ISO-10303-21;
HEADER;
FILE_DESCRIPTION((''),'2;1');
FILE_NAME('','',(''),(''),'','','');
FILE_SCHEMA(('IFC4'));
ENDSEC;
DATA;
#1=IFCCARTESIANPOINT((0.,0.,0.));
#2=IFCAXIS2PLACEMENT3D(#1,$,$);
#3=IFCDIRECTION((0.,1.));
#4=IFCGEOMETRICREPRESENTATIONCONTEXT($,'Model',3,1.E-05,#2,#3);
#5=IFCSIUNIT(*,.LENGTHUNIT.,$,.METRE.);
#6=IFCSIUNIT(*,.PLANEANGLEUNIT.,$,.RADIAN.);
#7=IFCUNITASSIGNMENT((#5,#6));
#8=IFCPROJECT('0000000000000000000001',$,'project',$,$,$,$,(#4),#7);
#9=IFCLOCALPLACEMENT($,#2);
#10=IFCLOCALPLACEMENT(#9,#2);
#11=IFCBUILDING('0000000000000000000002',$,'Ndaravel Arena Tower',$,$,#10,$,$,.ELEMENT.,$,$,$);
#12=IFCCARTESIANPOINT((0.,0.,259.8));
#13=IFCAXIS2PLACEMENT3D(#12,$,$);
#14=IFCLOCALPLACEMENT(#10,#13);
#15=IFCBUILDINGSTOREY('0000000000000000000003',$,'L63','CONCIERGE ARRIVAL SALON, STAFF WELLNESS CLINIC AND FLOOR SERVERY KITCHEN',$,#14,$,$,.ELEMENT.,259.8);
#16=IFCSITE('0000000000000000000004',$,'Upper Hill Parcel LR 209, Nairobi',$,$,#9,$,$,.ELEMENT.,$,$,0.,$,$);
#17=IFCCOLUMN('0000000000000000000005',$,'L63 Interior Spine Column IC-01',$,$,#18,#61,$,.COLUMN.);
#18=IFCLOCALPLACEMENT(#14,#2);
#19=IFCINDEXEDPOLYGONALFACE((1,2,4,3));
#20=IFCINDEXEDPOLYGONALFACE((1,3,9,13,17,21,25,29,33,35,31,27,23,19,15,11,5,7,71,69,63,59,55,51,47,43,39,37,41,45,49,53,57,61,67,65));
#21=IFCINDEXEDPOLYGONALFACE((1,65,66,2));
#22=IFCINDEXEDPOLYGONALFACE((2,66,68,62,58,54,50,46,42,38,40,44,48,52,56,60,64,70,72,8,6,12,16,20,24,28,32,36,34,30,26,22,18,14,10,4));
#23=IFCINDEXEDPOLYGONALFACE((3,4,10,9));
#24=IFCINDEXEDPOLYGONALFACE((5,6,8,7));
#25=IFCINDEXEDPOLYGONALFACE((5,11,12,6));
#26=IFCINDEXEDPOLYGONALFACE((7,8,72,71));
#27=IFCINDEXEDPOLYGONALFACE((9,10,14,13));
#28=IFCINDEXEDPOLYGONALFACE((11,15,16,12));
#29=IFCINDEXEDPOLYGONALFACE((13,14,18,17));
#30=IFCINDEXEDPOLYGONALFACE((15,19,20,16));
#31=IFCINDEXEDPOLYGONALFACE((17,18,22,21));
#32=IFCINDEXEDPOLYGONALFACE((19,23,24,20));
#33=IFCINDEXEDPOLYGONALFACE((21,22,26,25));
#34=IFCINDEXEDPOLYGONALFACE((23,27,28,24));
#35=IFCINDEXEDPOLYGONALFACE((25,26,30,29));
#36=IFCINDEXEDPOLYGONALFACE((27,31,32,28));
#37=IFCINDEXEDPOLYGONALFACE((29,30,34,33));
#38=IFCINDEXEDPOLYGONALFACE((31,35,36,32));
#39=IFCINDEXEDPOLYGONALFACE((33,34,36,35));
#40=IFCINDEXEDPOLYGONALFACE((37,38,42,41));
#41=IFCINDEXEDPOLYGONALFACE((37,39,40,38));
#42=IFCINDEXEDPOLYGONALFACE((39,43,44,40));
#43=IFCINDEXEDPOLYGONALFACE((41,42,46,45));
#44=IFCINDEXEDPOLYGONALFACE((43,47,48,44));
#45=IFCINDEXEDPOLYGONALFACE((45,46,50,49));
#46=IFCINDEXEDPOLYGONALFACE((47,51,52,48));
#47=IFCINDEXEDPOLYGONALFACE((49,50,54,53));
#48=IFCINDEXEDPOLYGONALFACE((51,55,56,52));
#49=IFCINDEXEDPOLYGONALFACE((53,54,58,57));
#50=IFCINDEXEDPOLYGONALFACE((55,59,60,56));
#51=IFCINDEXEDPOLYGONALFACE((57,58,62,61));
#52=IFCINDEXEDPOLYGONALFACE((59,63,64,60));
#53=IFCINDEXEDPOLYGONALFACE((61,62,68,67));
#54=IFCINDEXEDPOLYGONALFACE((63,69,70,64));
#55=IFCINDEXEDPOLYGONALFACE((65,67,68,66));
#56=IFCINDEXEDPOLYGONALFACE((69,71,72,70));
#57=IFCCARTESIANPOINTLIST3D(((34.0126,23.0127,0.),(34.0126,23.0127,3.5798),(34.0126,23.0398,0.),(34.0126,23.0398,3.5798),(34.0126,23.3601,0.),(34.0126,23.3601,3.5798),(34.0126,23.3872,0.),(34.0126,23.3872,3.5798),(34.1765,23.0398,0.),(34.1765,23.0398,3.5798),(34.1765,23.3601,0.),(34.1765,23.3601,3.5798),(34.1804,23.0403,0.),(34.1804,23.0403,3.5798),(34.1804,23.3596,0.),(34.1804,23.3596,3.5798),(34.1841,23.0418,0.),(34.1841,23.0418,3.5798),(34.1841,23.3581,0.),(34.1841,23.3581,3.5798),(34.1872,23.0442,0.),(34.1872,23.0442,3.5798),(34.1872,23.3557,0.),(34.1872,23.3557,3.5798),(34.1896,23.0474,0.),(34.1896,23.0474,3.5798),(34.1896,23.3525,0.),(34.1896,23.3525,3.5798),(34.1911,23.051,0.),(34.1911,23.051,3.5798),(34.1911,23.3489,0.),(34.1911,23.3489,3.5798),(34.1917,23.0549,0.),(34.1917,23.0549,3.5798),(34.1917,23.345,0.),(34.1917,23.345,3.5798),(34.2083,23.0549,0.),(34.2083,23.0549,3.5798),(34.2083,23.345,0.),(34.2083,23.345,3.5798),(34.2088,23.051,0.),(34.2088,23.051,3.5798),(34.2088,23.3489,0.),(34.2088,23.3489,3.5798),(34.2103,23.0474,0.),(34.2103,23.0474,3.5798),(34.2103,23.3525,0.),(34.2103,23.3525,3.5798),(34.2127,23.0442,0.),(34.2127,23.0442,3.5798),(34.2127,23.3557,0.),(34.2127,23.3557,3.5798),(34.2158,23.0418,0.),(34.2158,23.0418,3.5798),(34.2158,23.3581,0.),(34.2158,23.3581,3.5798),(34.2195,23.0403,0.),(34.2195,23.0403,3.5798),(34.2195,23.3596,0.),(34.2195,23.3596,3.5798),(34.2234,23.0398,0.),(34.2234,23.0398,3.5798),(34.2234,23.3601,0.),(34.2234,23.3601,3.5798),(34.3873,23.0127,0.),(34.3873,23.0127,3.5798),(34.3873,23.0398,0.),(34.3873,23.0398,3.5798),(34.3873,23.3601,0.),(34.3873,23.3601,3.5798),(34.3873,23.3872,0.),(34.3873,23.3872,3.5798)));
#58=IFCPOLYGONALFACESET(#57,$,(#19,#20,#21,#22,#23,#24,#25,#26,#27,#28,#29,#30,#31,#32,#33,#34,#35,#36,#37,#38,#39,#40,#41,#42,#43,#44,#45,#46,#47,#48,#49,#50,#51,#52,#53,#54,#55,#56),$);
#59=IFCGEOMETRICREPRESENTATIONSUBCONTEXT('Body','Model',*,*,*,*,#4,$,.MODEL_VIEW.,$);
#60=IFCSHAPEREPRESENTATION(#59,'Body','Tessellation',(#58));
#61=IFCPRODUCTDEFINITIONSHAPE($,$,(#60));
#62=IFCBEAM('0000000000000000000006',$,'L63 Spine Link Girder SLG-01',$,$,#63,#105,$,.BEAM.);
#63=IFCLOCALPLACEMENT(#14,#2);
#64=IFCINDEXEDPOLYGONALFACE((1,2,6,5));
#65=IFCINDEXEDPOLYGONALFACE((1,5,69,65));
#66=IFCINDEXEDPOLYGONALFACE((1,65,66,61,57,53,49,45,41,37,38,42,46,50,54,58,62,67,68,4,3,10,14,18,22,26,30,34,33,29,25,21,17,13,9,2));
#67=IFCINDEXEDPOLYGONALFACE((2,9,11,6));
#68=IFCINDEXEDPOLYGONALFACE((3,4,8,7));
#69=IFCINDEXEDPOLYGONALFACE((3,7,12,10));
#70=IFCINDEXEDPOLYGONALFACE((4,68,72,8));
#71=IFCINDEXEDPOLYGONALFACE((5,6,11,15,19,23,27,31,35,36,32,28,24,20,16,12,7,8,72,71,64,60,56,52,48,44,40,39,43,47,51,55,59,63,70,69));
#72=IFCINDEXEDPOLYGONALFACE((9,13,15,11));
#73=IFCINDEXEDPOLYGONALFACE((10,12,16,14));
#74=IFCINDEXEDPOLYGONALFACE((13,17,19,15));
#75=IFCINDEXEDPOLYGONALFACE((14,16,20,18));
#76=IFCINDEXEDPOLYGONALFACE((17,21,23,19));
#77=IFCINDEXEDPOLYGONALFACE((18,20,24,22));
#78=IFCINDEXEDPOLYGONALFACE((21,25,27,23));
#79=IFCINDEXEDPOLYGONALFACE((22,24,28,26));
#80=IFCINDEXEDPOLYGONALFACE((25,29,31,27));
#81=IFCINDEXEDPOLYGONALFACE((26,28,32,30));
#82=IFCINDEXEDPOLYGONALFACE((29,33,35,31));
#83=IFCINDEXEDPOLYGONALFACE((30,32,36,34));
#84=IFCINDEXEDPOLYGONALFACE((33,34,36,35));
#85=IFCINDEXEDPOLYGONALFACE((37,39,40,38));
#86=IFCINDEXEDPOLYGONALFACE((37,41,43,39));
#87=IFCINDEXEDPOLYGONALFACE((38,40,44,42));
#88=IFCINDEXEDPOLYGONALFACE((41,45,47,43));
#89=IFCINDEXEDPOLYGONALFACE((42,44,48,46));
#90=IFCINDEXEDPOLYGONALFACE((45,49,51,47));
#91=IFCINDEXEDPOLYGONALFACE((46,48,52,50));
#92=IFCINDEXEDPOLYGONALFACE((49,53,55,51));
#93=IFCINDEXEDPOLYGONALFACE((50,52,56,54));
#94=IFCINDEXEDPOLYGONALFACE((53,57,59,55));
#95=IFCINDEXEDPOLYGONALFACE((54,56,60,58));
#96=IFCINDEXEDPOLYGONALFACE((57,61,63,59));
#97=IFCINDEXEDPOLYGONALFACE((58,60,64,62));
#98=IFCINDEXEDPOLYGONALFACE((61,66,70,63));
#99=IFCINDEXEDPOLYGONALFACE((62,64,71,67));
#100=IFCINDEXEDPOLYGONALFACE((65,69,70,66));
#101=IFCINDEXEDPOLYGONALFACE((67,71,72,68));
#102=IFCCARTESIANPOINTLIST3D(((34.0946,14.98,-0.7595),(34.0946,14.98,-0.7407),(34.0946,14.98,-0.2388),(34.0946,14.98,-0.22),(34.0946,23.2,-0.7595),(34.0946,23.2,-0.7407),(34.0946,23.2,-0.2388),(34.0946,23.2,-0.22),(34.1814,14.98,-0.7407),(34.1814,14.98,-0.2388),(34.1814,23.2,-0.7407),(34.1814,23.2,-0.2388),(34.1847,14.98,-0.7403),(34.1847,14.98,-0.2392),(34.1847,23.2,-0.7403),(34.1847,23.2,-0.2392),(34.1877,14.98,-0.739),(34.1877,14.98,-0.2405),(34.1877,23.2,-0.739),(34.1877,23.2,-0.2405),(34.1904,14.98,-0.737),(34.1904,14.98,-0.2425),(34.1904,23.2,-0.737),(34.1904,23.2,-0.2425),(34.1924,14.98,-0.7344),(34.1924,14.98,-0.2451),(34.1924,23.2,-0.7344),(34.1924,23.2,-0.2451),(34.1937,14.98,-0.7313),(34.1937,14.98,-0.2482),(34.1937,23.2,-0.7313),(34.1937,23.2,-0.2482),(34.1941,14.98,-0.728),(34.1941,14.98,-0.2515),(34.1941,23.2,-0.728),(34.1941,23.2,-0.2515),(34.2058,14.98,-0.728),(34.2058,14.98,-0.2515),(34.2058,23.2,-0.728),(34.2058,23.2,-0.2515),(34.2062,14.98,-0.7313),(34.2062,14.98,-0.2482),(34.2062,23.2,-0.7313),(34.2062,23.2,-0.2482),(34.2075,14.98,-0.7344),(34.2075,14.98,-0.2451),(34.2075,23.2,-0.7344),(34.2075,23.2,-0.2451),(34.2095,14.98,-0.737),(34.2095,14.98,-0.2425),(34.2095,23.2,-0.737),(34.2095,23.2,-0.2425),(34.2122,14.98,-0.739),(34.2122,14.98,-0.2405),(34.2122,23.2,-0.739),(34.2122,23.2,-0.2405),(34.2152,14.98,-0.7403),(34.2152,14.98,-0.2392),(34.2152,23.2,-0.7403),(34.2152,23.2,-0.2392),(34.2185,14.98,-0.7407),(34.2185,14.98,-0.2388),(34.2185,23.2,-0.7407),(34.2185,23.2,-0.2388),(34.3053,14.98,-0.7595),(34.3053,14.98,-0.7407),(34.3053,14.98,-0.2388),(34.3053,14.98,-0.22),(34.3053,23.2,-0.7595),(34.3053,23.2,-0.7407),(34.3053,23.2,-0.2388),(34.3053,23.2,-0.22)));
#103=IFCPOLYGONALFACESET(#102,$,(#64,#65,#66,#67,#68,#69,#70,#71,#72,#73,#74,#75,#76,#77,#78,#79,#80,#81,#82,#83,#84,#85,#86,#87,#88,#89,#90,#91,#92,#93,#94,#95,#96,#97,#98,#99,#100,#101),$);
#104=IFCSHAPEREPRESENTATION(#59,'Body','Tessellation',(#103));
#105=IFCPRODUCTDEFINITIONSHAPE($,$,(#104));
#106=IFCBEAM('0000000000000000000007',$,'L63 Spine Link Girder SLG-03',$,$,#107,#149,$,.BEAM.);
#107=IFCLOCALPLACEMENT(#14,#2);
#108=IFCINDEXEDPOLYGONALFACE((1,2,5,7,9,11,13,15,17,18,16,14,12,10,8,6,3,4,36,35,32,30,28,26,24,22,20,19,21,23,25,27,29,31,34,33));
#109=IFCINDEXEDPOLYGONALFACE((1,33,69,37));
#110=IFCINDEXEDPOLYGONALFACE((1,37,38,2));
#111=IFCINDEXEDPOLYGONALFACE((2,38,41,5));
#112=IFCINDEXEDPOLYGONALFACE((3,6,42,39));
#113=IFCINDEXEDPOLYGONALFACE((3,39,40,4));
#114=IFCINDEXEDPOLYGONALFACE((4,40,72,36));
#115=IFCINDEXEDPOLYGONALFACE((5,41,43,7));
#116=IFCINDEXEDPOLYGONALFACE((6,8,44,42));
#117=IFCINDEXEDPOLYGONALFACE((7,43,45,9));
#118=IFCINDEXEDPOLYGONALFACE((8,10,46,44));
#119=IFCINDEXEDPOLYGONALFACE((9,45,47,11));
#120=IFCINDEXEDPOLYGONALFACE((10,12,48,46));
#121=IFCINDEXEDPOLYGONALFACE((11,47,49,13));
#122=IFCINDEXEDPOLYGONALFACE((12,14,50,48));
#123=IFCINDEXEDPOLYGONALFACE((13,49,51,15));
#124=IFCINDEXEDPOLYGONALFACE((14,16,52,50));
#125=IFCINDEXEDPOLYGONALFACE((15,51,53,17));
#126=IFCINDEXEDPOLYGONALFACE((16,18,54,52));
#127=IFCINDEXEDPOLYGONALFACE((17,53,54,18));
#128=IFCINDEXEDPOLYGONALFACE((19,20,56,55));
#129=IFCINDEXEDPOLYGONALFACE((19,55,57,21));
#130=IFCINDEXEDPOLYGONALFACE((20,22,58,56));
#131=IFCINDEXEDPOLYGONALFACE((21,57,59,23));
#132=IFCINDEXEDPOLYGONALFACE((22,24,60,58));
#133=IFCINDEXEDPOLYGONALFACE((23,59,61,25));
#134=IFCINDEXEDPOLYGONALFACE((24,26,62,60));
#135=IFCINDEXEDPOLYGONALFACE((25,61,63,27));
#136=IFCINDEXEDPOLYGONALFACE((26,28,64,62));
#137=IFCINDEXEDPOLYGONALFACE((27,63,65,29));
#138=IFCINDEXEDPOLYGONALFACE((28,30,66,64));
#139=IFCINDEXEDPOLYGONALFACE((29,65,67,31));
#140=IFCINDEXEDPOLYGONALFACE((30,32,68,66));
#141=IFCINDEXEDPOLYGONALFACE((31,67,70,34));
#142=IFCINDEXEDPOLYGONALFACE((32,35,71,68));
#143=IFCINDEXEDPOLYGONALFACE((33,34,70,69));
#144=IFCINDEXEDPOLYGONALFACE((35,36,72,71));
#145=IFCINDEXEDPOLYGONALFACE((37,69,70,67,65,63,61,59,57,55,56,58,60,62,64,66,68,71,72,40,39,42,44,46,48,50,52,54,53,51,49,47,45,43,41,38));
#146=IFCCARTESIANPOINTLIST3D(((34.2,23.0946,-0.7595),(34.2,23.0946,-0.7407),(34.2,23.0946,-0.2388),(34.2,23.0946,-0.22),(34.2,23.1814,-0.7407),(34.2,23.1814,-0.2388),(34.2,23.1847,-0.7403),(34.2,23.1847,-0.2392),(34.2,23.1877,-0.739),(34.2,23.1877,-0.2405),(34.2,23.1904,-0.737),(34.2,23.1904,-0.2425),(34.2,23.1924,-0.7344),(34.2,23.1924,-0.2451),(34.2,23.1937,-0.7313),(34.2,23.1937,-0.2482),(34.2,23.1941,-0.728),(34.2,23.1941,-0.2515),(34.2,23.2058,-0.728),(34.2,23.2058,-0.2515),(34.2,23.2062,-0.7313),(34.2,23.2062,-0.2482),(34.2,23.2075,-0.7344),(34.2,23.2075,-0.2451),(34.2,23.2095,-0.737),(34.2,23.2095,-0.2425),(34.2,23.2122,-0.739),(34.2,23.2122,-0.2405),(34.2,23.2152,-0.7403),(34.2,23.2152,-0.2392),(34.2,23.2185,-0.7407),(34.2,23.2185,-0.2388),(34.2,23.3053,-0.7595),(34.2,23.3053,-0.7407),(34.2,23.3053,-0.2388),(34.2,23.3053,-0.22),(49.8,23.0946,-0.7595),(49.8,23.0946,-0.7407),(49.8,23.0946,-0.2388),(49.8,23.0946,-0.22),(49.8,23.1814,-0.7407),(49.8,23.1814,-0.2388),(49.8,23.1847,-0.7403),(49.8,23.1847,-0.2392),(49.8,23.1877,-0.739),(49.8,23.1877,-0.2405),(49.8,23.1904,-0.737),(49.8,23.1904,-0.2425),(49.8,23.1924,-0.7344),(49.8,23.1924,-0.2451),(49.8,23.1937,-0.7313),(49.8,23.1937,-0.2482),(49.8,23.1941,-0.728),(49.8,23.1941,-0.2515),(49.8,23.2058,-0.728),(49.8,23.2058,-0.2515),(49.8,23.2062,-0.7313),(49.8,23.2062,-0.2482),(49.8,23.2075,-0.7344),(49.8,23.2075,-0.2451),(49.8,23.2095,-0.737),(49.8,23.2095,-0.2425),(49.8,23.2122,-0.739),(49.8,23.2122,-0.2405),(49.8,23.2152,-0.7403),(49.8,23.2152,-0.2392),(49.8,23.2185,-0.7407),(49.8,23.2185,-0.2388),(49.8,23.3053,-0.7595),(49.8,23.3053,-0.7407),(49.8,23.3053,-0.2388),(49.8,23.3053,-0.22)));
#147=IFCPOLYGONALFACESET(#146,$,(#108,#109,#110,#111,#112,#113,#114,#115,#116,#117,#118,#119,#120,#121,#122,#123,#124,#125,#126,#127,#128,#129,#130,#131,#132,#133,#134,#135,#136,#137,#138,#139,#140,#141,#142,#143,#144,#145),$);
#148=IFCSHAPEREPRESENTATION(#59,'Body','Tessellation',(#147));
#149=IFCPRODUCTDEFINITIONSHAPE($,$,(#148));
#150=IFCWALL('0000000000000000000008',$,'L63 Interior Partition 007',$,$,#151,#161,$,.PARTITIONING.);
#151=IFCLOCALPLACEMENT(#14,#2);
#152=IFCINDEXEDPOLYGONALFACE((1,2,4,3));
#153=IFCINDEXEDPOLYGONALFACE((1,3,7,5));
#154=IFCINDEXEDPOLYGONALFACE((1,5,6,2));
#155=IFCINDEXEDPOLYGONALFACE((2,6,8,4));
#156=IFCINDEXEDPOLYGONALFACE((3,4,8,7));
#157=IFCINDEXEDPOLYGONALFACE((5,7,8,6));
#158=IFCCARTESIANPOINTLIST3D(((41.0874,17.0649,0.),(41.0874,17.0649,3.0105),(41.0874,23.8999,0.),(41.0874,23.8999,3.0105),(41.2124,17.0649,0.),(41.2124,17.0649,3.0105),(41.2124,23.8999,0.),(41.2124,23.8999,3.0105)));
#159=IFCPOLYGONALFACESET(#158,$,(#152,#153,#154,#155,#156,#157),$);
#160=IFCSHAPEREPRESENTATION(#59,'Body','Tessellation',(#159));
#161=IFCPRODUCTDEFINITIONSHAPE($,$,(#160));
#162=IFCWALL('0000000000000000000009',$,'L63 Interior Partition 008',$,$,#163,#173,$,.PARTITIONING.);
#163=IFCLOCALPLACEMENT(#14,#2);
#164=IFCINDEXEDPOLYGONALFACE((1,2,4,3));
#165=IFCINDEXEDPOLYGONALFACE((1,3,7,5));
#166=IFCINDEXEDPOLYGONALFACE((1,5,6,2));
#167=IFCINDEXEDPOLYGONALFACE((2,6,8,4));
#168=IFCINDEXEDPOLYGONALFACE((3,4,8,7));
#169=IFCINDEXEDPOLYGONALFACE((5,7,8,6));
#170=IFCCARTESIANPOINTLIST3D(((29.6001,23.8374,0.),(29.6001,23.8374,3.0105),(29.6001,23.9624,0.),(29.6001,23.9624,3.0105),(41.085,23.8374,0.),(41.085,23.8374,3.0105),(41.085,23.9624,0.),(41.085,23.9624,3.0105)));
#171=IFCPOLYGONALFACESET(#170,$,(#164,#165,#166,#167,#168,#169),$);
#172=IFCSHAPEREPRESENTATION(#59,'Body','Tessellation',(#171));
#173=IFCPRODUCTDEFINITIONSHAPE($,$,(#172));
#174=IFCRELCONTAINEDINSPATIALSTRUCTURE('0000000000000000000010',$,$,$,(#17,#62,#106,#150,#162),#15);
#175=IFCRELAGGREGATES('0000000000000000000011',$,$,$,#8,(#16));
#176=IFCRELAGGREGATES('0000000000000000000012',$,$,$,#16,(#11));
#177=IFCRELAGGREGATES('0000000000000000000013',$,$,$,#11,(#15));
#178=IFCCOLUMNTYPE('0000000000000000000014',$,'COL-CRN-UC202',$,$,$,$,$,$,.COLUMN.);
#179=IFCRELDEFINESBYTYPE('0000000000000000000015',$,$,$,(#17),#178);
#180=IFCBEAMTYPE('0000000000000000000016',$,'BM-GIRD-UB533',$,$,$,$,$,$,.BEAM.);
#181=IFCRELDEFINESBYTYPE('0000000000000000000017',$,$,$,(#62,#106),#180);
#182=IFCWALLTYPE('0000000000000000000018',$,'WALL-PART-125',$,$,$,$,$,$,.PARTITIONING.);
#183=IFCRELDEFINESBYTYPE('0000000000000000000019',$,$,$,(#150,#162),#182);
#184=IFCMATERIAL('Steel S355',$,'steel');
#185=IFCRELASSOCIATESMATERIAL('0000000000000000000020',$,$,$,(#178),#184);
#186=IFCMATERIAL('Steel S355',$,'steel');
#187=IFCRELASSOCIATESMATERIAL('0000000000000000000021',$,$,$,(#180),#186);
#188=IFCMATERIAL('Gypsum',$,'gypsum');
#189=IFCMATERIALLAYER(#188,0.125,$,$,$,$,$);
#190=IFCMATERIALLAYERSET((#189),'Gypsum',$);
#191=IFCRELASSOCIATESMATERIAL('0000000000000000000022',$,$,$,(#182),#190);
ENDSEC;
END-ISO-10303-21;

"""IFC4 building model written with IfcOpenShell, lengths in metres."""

from ifc_helpers import new_model, si_unit, direction, frame, frame_2d, origin, origin_2d, place, context, subcontext, project, spatial, rectangle, i_section, extrude, material, layer, layer_set, material_profile, profile_set, type_object, element, save


model = new_model("IFC4")

# Units and contexts
model_context = context("Model", 3, precision=1e-05, world=origin(), true_north=direction((0.0, 1.0)))
body_context = subcontext(model_context, "Body", "Model", "MODEL_VIEW")
ifc_project = project(units=[si_unit("LENGTHUNIT", "METRE"), si_unit("PLANEANGLEUNIT", "RADIAN")], contexts=[model_context])

# Site, building, storey
site_placement = place(None, origin())
site = spatial("IfcSite", under=ifc_project, at=site_placement, Name="Upper Hill Parcel LR 209, Nairobi", CompositionType="ELEMENT", RefElevation=0.0)
building_placement = place(site_placement, origin())
building = spatial("IfcBuilding", under=site, at=building_placement, Name="Ndaravel Arena Tower", CompositionType="ELEMENT")
storey_placement = place(building_placement, frame((0.0, 0.0, 259.8)))
storey = spatial("IfcBuildingStorey", under=building, at=storey_placement, Name="L63", Description="CONCIERGE ARRIVAL SALON, STAFF WELLNESS CLINIC AND FLOOR SERVERY KITCHEN", CompositionType="ELEMENT", Elevation=259.8)

# Column
ifc_material_1 = material(Name="Steel S355", Category="steel")
ifc_material_profile_1 = material_profile(ifc_material_1, i_section(OverallWidth=0.3748, OverallDepth=0.3745, WebThickness=0.0166, FlangeThickness=0.0271, FilletRadius=0.0151, at=origin_2d()), Name="UC 356x368x202")
ifc_profile_set_1 = profile_set([ifc_material_profile_1], Name="Steel S355")
column_type = type_object("IfcColumnType", Name="COL-CRN-UC202", PredefinedType="COLUMN", material=ifc_profile_set_1)
column_placement = place(storey_placement, frame((34.2, 23.2, 0.0), z_axis=(0.0, 0.0, 1.0), x_axis=(1.0, 0.0, 0.0)))
element("IfcColumn", 1, at=column_placement, inside=storey, type_object=column_type, Name="L63 Interior Spine Column IC-01", PredefinedType="COLUMN", context=body_context, shape_type="SweptSolid", body=[
    extrude(i_section(OverallWidth=0.3748, OverallDepth=0.3745, WebThickness=0.0166, FlangeThickness=0.0271, FilletRadius=0.0151, at=origin_2d()), origin(), (0.0, 0.0, 1.0), 3.5798),
])

# Beams
ifc_material_2 = material(Name="Steel S355", Category="steel")
ifc_material_profile_2 = material_profile(ifc_material_2, i_section(OverallWidth=0.2107, OverallDepth=0.5396, WebThickness=0.0117, FlangeThickness=0.0188, FilletRadius=0.0127, at=origin_2d()), Name="UB 533x210x109")
ifc_profile_set_2 = profile_set([ifc_material_profile_2], Name="Steel S355")
beam_type = type_object("IfcBeamType", Name="BM-GIRD-UB533", PredefinedType="BEAM", material=ifc_profile_set_2)
beam_1_placement = place(storey_placement, frame((34.2, 14.98, -0.4897), z_axis=(0.0, 1.0, 0.0), x_axis=(-1.0, 0.0, 0.0)))
element("IfcBeam", 2, at=beam_1_placement, inside=storey, type_object=beam_type, Name="L63 Spine Link Girder SLG-01", PredefinedType="BEAM", context=body_context, shape_type="SweptSolid", body=[
    extrude(i_section(OverallWidth=0.2107, OverallDepth=0.5396, WebThickness=0.0117, FlangeThickness=0.0188, FilletRadius=0.0127, at=origin_2d()), origin(), (0.0, 0.0, 1.0), 8.22),
])
beam_2_placement = place(storey_placement, frame((34.2, 23.2, -0.4897), z_axis=(1.0, 0.0, 0.0), x_axis=(0.0, 1.0, 0.0)))
element("IfcBeam", 3, at=beam_2_placement, inside=storey, type_object=beam_type, Name="L63 Spine Link Girder SLG-03", PredefinedType="BEAM", context=body_context, shape_type="SweptSolid", body=[
    extrude(i_section(OverallWidth=0.2107, OverallDepth=0.5396, WebThickness=0.0117, FlangeThickness=0.0188, FilletRadius=0.0127, at=origin_2d()), origin(), (0.0, 0.0, 1.0), 15.6001),
])

# Walls
ifc_material_3 = material(Name="Gypsum", Category="gypsum")
ifc_layer_1 = layer(ifc_material_3, 0.125)
ifc_layer_set_1 = layer_set([ifc_layer_1], Name="Gypsum")
wall_type_1 = type_object("IfcWallType", Name="WALL-PART-125", PredefinedType="PARTITIONING", material=ifc_layer_set_1)
wall_1_placement = place(storey_placement, frame((41.1499, 17.0649, 0.0), z_axis=(0.0, 0.0, 1.0), x_axis=(0.0, 1.0, 0.0)))
element("IfcWall", 4, at=wall_1_placement, inside=storey, type_object=wall_type_1, Name="L63 Interior Partition 007", PredefinedType="PARTITIONING", context=body_context, shape_type="SweptSolid", body=[
    extrude(rectangle(XDim=6.835, YDim=0.125, at=frame_2d((3.4175, 0.0))), origin(), (0.0, 0.0, 1.0), 3.0105),
])
wall_2_placement = place(storey_placement, frame((41.085, 23.8999, 0.0), z_axis=(0.0, 0.0, 1.0), x_axis=(-1.0, 0.0, 0.0)))
element("IfcWall", 5, at=wall_2_placement, inside=storey, type_object=wall_type_1, Name="L63 Interior Partition 008", PredefinedType="PARTITIONING", context=body_context, shape_type="SweptSolid", body=[
    extrude(rectangle(XDim=11.4849, YDim=0.125, at=frame_2d((5.7424, 0.0))), origin(), (0.0, 0.0, 1.0), 3.0105),
])

save(model, "model.ifc")
